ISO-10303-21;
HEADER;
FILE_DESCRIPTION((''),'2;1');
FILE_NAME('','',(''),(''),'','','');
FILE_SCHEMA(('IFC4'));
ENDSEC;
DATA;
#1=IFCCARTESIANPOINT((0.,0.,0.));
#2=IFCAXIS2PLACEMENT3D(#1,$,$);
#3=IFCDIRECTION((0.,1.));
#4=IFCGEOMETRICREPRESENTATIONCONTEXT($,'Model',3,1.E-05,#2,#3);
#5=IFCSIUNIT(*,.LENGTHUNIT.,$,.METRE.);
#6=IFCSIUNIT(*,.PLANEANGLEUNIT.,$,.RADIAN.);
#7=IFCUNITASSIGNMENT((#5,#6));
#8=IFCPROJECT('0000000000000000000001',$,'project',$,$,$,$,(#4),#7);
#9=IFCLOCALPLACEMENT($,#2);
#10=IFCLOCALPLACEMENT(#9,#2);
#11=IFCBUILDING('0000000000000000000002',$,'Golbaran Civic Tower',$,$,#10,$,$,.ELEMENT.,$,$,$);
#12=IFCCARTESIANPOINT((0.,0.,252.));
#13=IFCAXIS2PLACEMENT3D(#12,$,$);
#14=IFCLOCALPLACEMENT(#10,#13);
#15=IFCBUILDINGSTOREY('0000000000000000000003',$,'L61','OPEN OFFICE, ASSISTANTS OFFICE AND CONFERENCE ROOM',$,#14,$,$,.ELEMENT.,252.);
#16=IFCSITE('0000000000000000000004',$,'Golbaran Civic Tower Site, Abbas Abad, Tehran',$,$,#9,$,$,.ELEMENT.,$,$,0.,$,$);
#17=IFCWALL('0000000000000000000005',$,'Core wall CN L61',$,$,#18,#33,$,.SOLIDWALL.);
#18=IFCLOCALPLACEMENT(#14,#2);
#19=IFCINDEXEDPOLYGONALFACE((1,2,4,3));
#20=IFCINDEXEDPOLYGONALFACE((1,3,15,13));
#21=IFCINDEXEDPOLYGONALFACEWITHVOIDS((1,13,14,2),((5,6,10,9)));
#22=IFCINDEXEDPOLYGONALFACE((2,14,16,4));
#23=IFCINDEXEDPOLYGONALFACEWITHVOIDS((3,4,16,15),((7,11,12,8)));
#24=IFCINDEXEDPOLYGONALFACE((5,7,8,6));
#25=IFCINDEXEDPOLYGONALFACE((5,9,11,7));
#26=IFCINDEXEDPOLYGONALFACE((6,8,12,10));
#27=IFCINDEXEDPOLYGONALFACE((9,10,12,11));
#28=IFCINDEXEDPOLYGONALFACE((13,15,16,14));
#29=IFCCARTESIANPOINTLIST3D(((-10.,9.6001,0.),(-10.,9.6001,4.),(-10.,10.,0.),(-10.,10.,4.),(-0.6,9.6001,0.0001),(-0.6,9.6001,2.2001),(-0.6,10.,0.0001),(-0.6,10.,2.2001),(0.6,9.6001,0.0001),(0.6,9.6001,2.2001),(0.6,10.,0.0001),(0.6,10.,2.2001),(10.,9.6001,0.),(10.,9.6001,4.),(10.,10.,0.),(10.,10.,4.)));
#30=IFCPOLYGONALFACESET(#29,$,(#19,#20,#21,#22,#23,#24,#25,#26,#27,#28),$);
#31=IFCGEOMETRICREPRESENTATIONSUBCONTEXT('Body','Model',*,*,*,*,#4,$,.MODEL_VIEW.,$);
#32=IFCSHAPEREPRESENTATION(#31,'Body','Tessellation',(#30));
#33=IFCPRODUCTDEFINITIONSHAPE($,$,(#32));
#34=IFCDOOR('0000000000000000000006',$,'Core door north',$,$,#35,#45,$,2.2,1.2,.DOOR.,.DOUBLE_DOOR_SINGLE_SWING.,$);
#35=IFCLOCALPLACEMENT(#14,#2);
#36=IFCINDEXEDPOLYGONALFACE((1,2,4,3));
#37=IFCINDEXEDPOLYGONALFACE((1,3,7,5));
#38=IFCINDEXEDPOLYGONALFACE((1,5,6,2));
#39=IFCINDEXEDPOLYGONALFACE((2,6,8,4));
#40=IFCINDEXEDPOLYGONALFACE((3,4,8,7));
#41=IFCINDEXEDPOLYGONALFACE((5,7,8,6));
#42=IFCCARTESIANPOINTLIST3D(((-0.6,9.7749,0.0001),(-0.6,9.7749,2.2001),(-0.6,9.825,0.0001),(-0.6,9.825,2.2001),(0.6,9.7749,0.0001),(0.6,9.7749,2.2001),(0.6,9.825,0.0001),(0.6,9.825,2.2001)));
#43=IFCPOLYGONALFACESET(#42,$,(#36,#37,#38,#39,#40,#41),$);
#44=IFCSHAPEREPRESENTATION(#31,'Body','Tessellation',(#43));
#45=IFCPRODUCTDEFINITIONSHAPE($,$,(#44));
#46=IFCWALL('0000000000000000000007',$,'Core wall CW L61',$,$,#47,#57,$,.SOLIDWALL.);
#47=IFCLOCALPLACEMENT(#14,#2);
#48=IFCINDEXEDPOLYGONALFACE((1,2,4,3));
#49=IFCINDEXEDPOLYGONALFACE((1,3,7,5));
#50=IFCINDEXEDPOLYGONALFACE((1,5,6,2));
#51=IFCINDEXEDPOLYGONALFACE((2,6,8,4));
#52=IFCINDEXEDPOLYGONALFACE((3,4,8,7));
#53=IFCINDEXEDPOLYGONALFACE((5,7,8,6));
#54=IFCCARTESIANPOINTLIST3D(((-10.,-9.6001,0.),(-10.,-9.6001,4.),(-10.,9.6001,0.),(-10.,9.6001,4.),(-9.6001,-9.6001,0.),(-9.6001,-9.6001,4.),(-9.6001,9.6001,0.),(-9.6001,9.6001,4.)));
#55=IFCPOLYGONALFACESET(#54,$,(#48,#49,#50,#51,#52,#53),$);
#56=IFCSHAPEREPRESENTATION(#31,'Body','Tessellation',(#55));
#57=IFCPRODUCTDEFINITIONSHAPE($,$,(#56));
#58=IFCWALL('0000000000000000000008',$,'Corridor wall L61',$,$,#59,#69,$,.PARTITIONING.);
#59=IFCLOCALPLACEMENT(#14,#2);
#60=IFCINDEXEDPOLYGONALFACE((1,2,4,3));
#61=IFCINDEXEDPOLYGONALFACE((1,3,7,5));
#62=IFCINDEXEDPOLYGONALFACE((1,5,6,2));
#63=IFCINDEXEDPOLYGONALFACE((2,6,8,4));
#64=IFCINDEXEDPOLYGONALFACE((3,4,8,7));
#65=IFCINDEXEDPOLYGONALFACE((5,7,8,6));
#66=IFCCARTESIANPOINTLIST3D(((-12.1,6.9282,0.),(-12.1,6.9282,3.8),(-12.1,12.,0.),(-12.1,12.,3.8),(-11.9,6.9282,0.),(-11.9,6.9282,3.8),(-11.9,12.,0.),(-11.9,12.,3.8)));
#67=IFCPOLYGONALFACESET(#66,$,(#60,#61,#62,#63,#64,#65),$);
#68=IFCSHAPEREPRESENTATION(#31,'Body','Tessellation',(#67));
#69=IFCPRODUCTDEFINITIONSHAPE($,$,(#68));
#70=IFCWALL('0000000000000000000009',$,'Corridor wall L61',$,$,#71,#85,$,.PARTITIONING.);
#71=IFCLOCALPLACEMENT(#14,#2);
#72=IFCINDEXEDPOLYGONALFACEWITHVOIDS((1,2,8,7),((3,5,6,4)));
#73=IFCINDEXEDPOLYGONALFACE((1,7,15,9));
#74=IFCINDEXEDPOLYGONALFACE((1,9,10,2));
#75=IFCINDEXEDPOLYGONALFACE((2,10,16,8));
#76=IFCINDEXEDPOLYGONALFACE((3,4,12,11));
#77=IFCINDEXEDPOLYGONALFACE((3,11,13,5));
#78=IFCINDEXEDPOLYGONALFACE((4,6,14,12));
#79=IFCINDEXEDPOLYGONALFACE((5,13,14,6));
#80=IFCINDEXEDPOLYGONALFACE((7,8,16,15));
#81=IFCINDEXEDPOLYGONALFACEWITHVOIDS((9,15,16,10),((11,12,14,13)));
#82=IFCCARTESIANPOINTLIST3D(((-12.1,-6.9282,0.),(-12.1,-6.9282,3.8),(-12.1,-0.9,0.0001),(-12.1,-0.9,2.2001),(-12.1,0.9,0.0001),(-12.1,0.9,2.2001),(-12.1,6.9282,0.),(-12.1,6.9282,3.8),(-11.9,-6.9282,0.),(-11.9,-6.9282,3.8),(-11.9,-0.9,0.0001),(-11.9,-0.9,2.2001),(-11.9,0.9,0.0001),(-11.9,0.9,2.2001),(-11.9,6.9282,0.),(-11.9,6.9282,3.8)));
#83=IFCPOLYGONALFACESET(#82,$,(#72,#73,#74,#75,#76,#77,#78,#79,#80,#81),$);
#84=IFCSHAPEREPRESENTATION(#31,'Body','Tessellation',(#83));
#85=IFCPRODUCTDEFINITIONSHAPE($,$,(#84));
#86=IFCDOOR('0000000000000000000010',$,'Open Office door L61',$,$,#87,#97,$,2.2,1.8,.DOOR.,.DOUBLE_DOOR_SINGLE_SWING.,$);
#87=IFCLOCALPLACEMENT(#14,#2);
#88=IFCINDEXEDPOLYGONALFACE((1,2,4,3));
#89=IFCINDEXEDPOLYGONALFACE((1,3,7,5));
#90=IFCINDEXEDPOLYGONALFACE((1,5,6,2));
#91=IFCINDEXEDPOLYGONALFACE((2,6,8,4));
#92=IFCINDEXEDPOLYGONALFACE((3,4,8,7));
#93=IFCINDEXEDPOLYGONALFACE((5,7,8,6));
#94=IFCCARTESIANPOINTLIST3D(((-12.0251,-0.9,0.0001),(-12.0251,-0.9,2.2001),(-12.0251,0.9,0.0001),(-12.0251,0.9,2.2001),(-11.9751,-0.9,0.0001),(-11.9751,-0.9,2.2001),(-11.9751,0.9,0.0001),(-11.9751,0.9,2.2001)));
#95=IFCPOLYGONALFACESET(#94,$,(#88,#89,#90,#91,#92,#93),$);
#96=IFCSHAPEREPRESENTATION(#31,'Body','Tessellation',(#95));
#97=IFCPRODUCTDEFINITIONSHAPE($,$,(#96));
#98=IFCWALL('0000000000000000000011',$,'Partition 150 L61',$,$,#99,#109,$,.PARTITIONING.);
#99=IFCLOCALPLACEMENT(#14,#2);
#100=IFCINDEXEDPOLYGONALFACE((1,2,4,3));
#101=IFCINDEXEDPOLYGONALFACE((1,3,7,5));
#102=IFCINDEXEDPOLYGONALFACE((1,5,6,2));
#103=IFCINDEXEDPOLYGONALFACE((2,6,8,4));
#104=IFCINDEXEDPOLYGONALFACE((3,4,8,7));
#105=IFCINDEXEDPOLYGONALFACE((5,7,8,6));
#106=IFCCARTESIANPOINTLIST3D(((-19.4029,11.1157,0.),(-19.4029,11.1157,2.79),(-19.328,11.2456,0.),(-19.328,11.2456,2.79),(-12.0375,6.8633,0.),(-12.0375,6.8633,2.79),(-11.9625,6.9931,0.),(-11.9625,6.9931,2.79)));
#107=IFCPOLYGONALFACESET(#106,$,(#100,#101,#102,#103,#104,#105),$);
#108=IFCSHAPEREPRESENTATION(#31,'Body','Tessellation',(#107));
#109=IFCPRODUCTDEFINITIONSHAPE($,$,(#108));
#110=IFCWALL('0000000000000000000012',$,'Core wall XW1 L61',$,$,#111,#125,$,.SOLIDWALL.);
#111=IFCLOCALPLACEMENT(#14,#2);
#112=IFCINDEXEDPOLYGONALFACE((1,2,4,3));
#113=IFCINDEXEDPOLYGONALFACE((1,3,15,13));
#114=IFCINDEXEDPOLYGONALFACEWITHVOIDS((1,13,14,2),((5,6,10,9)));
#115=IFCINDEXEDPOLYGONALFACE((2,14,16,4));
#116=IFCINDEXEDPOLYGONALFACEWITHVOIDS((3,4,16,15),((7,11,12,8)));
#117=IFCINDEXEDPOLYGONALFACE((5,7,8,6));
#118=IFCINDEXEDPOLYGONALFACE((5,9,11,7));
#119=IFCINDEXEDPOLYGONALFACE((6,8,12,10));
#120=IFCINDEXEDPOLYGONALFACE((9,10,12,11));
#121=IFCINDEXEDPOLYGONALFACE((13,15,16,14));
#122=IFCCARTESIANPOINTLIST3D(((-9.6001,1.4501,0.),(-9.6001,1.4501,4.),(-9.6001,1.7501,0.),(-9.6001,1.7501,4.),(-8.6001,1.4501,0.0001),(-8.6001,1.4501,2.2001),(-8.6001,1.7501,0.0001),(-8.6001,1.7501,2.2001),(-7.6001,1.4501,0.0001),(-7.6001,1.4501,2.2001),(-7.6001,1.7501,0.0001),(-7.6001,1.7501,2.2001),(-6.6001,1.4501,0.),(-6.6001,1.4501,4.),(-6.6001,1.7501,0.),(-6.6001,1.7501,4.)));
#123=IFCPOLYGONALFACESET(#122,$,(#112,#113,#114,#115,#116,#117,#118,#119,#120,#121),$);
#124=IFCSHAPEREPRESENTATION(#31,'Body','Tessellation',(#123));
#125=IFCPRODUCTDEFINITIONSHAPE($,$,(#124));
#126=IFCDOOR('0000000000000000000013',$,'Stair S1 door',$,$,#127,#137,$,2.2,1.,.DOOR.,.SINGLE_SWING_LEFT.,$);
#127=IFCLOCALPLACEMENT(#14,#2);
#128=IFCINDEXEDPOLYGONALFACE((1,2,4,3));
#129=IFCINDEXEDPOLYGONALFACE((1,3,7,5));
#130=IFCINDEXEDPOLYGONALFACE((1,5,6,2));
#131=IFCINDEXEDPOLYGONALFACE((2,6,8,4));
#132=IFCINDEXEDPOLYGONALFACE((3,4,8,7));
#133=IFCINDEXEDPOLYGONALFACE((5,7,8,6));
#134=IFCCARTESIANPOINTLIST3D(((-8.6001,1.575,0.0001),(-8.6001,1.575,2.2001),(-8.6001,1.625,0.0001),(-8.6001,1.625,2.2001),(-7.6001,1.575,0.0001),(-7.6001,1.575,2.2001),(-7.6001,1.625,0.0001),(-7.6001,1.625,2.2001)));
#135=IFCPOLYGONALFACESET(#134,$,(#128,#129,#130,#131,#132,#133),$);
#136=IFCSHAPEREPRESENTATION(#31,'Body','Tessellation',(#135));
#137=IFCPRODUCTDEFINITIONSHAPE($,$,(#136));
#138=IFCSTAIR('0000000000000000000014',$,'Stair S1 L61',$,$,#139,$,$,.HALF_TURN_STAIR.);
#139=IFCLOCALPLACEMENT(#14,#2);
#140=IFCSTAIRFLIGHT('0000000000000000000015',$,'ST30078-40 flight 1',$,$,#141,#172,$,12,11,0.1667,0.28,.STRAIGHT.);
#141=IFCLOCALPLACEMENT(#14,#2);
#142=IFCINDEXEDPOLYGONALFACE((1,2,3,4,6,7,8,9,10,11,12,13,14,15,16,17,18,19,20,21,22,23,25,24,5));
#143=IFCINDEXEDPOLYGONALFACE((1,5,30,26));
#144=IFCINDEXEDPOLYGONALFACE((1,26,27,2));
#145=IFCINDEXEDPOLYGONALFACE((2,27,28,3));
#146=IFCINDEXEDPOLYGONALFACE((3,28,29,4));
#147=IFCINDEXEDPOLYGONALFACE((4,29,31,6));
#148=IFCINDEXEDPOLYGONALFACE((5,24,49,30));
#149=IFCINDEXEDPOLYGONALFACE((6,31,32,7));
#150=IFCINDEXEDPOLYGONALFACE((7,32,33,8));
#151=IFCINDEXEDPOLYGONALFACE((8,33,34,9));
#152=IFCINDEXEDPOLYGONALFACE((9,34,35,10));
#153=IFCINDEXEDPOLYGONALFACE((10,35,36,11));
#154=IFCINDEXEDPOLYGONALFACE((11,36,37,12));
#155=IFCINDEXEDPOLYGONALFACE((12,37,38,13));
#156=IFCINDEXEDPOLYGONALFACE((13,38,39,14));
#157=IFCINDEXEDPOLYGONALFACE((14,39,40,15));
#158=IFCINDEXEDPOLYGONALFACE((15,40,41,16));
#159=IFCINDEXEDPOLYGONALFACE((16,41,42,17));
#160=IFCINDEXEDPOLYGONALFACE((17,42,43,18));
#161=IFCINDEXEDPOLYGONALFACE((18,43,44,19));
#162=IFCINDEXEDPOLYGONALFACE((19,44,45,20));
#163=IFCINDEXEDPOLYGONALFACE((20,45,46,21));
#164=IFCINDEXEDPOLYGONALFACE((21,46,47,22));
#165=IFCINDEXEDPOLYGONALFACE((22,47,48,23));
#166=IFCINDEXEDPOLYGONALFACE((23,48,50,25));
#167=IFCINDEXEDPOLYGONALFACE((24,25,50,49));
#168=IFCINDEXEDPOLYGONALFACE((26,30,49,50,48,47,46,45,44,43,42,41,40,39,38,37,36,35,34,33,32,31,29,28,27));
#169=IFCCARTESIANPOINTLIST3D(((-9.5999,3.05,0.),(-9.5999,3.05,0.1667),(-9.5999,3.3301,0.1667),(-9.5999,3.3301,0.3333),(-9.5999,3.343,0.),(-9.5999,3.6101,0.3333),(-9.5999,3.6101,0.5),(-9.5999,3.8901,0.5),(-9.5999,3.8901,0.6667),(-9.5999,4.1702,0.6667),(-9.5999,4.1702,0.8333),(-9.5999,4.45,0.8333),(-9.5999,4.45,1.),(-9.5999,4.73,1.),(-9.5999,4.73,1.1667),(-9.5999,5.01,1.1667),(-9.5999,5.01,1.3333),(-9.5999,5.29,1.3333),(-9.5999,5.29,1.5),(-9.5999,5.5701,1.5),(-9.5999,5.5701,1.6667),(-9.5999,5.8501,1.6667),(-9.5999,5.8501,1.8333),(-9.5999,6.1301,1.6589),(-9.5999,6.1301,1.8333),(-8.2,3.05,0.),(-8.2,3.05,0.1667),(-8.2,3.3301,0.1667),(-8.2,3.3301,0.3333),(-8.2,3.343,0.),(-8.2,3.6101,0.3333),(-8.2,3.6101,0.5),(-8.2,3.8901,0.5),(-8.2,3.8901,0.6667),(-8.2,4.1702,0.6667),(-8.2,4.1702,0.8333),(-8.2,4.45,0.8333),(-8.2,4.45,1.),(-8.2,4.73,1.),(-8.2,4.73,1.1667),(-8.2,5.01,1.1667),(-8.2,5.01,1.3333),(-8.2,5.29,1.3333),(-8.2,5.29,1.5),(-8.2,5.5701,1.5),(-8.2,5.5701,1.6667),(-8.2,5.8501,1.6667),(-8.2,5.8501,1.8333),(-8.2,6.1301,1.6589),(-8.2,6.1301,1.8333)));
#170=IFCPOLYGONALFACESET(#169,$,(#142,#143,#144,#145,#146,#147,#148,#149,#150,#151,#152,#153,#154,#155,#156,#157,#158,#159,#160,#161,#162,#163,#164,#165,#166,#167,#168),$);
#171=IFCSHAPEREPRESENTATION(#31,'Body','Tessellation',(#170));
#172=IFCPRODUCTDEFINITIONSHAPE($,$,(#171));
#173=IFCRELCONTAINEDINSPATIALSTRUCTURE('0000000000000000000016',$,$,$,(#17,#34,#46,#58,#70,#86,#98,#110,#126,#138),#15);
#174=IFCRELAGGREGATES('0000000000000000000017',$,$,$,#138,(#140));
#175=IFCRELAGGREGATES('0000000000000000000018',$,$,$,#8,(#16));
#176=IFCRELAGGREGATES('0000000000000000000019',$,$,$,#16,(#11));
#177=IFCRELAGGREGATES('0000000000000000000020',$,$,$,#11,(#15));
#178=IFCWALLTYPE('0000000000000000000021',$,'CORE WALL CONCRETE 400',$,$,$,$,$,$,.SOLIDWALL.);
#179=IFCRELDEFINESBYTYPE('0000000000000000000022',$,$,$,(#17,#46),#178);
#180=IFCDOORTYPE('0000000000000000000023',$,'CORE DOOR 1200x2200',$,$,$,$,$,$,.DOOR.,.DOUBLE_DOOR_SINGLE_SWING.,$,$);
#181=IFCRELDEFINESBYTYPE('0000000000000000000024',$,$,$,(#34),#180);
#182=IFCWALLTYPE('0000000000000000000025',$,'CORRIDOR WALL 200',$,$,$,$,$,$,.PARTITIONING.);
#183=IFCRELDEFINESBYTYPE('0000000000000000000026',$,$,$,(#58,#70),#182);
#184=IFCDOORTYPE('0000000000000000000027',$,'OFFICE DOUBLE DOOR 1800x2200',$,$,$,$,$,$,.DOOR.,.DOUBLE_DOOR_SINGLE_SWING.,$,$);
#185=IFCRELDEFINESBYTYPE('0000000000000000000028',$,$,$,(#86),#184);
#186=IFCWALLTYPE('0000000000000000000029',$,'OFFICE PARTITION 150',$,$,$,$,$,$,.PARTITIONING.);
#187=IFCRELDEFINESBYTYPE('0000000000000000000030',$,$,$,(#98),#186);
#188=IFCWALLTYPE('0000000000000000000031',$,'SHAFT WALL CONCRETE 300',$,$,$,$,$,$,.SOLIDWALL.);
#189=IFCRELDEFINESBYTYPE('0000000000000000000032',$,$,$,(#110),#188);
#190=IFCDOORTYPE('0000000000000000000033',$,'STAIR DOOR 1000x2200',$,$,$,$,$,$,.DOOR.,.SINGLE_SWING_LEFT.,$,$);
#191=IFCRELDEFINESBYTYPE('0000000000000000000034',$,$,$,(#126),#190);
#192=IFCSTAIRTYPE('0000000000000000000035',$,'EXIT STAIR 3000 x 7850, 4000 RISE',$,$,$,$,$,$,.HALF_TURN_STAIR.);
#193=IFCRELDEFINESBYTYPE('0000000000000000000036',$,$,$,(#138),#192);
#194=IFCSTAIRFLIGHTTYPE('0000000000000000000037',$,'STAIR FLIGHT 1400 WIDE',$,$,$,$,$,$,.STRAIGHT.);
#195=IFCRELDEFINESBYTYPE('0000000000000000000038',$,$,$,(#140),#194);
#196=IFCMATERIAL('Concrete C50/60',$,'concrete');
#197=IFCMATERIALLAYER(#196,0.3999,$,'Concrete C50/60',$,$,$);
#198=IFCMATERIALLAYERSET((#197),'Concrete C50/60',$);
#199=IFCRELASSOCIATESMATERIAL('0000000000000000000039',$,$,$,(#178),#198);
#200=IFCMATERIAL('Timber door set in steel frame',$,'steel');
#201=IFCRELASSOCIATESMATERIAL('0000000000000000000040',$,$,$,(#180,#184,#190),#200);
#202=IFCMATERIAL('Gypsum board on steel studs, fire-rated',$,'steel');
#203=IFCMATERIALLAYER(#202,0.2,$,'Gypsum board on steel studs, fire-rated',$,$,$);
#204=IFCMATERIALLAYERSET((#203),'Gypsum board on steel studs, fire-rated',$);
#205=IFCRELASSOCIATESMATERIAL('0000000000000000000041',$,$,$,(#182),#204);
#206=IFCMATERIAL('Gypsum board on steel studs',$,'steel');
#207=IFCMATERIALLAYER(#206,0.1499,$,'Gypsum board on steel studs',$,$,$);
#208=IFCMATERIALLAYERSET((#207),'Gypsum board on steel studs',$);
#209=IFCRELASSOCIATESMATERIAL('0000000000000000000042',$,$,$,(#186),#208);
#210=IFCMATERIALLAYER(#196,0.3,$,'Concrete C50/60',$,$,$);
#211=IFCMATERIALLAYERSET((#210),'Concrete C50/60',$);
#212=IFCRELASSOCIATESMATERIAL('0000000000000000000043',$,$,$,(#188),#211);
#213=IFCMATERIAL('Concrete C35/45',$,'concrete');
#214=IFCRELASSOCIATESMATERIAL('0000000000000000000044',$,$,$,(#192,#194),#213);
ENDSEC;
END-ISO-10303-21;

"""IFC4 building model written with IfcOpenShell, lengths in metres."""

from ifc_helpers import new_model, si_unit, direction, frame, frame_2d, origin, place, context, subcontext, project, spatial, polyline, rectangle, outline, extrude, material, layer, layer_set, type_object, element, fill, aggregate, save


model = new_model("IFC4")

# Units and contexts
model_context = context("Model", 3, precision=1e-05, world=origin(), true_north=direction((0.0, 1.0)))
body_context = subcontext(model_context, "Body", "Model", "MODEL_VIEW")
ifc_project = project(units=[si_unit("LENGTHUNIT", "METRE"), si_unit("PLANEANGLEUNIT", "RADIAN")], contexts=[model_context])

# Site, building, storey
site_placement = place(None, origin())
site = spatial("IfcSite", under=ifc_project, at=site_placement, Name="Golbaran Civic Tower Site, Abbas Abad, Tehran", CompositionType="ELEMENT", RefElevation=0.0)
building_placement = place(site_placement, origin())
building = spatial("IfcBuilding", under=site, at=building_placement, Name="Golbaran Civic Tower", CompositionType="ELEMENT")
storey_placement = place(building_placement, frame((0.0, 0.0, 252.0)))
storey = spatial("IfcBuildingStorey", under=building, at=storey_placement, Name="L61", Description="OPEN OFFICE, ASSISTANTS OFFICE AND CONFERENCE ROOM", CompositionType="ELEMENT", Elevation=252.0)

# Wall, opening, door
ifc_material_1 = material(Name="Concrete C50/60", Category="concrete")
ifc_layer_1 = layer(ifc_material_1, 0.3999, Name="Concrete C50/60")
ifc_layer_set_1 = layer_set([ifc_layer_1], Name="Concrete C50/60")
wall_type_1 = type_object("IfcWallType", Name="CORE WALL CONCRETE 400", PredefinedType="SOLIDWALL", material=ifc_layer_set_1)
wall_1_placement = place(storey_placement, frame((-10.0, 9.8, 0.0), z_axis=(0.0, 0.0, 1.0), x_axis=(1.0, 0.0, 0.0)))
wall_1 = element("IfcWall", 1, at=wall_1_placement, inside=storey, type_object=wall_type_1, Name="Core wall CN L61", PredefinedType="SOLIDWALL", context=body_context, shape_type="SweptSolid", body=[
    extrude(rectangle(XDim=20.0, YDim=0.3999, at=frame_2d((10.0, 0.0))), origin(), (0.0, 0.0, 1.0), 4.0),
])
opening_1_placement = place(wall_1_placement, frame((9.3999, 0.0, 0.0)))
opening_1 = element("IfcOpeningElement", 2, at=opening_1_placement, cuts=wall_1, PredefinedType="OPENING", context=body_context, shape_type="SweptSolid", body=[
    extrude(rectangle(XDim=1.2, YDim=2.2, at=frame_2d((0.6001, 1.1001))), frame((0.0, 0.21, 0.0), z_axis=(0.0, -1.0, 0.0), x_axis=(1.0, 0.0, 0.0)), (0.0, 0.0, 1.0), 0.4199),
])
ifc_material_2 = material(Name="Timber door set in steel frame", Category="steel")
door_type_1 = type_object("IfcDoorType", Name="CORE DOOR 1200x2200", OperationType="DOUBLE_DOOR_SINGLE_SWING", PredefinedType="DOOR", material=ifc_material_2)
door_1_placement = place(opening_1_placement, origin())
door_1 = element("IfcDoor", 3, at=door_1_placement, inside=storey, type_object=door_type_1, Name="Core door north", OperationType="DOUBLE_DOOR_SINGLE_SWING", OverallHeight=2.2, OverallWidth=1.2, PredefinedType="DOOR", context=body_context, shape_type="SweptSolid", body=[
    extrude(rectangle(XDim=1.2, YDim=2.2, at=frame_2d((0.6001, 1.1001))), frame((0.0, 0.0249, 0.0), z_axis=(0.0, -1.0, 0.0), x_axis=(1.0, 0.0, 0.0)), (0.0, 0.0, 1.0), 0.05),
])
fill(opening_1, door_1)

# Walls
wall_2_placement = place(storey_placement, frame((-9.8, 9.6001, 0.0), z_axis=(0.0, 0.0, 1.0), x_axis=(0.0, -1.0, 0.0)))
element("IfcWall", 4, at=wall_2_placement, inside=storey, type_object=wall_type_1, Name="Core wall CW L61", PredefinedType="SOLIDWALL", context=body_context, shape_type="SweptSolid", body=[
    extrude(rectangle(XDim=19.2002, YDim=0.3999, at=frame_2d((9.6001, 0.0))), origin(), (0.0, 0.0, 1.0), 4.0),
])
ifc_material_3 = material(Name="Gypsum board on steel studs, fire-rated", Category="steel")
ifc_layer_2 = layer(ifc_material_3, 0.2, Name="Gypsum board on steel studs, fire-rated")
ifc_layer_set_2 = layer_set([ifc_layer_2], Name="Gypsum board on steel studs, fire-rated")
wall_type_2 = type_object("IfcWallType", Name="CORRIDOR WALL 200", PredefinedType="PARTITIONING", material=ifc_layer_set_2)
wall_3_placement = place(storey_placement, frame((-12.0, 12.0, 0.0), z_axis=(0.0, 0.0, 1.0), x_axis=(0.0, -1.0, 0.0)))
element("IfcWall", 5, at=wall_3_placement, inside=storey, type_object=wall_type_2, Name="Corridor wall L61", PredefinedType="PARTITIONING", context=body_context, shape_type="SweptSolid", body=[
    extrude(rectangle(XDim=5.0718, YDim=0.2, at=frame_2d((2.5359, 0.0))), origin(), (0.0, 0.0, 1.0), 3.8),
])

# Wall, opening, door
wall_4_placement = place(storey_placement, frame((-12.0, 6.9282, 0.0), z_axis=(0.0, 0.0, 1.0), x_axis=(0.0, -1.0, 0.0)))
wall_4 = element("IfcWall", 6, at=wall_4_placement, inside=storey, type_object=wall_type_2, Name="Corridor wall L61", PredefinedType="PARTITIONING", context=body_context, shape_type="SweptSolid", body=[
    extrude(rectangle(XDim=13.8564, YDim=0.2, at=frame_2d((6.9282, 0.0))), origin(), (0.0, 0.0, 1.0), 3.8),
])
opening_2_placement = place(wall_4_placement, frame((6.0283, 0.0, 0.0)))
opening_2 = element("IfcOpeningElement", 7, at=opening_2_placement, cuts=wall_4, PredefinedType="OPENING", context=body_context, shape_type="SweptSolid", body=[
    extrude(rectangle(XDim=1.8, YDim=2.2, at=frame_2d((0.8999, 1.1001))), frame((0.0, 0.1099, 0.0), z_axis=(0.0, -1.0, 0.0), x_axis=(1.0, 0.0, 0.0)), (0.0, 0.0, 1.0), 0.22),
])
door_type_2 = type_object("IfcDoorType", Name="OFFICE DOUBLE DOOR 1800x2200", OperationType="DOUBLE_DOOR_SINGLE_SWING", PredefinedType="DOOR", material=ifc_material_2)
door_2_placement = place(opening_2_placement, origin())
door_2 = element("IfcDoor", 8, at=door_2_placement, inside=storey, type_object=door_type_2, Name="Open Office door L61", OperationType="DOUBLE_DOOR_SINGLE_SWING", OverallHeight=2.2, OverallWidth=1.8, PredefinedType="DOOR", context=body_context, shape_type="SweptSolid", body=[
    extrude(rectangle(XDim=1.8, YDim=2.2, at=frame_2d((0.8999, 1.1001))), frame((0.0, 0.0249, 0.0), z_axis=(0.0, -1.0, 0.0), x_axis=(1.0, 0.0, 0.0)), (0.0, 0.0, 1.0), 0.05),
])
fill(opening_2, door_2)

# Wall
ifc_material_4 = material(Name="Gypsum board on steel studs", Category="steel")
ifc_layer_3 = layer(ifc_material_4, 0.1499, Name="Gypsum board on steel studs")
ifc_layer_set_3 = layer_set([ifc_layer_3], Name="Gypsum board on steel studs")
wall_type_3 = type_object("IfcWallType", Name="OFFICE PARTITION 150", PredefinedType="PARTITIONING", material=ifc_layer_set_3)
wall_5_placement = place(storey_placement, frame((-12.0, 6.9282, 0.0), z_axis=(0.0, 0.0, 1.0), x_axis=(-0.866026, 0.499998, 0.0)))
element("IfcWall", 9, at=wall_5_placement, inside=storey, type_object=wall_type_3, Name="Partition 150 L61", PredefinedType="PARTITIONING", context=body_context, shape_type="SweptSolid", body=[
    extrude(rectangle(XDim=8.5049, YDim=0.1499, at=frame_2d((4.2524, 0.0))), origin(), (0.0, 0.0, 1.0), 2.79),
])

# Wall, opening, door
ifc_layer_4 = layer(ifc_material_1, 0.3, Name="Concrete C50/60")
ifc_layer_set_4 = layer_set([ifc_layer_4], Name="Concrete C50/60")
wall_type_4 = type_object("IfcWallType", Name="SHAFT WALL CONCRETE 300", PredefinedType="SOLIDWALL", material=ifc_layer_set_4)
wall_6_placement = place(storey_placement, frame((-9.6001, 1.6001, 0.0), z_axis=(0.0, 0.0, 1.0), x_axis=(1.0, 0.0, 0.0)))
wall_6 = element("IfcWall", 10, at=wall_6_placement, inside=storey, type_object=wall_type_4, Name="Core wall XW1 L61", PredefinedType="SOLIDWALL", context=body_context, shape_type="SweptSolid", body=[
    extrude(rectangle(XDim=3.0, YDim=0.3, at=frame_2d((1.5, 0.0))), origin(), (0.0, 0.0, 1.0), 4.0),
])
opening_3_placement = place(wall_6_placement, frame((1.0, 0.0, 0.0)))
opening_3 = element("IfcOpeningElement", 11, at=opening_3_placement, cuts=wall_6, PredefinedType="OPENING", context=body_context, shape_type="SweptSolid", body=[
    extrude(rectangle(XDim=1.0, YDim=2.2, at=frame_2d((0.5, 1.1001))), frame((0.0, 0.1599, 0.0), z_axis=(0.0, -1.0, 0.0), x_axis=(1.0, 0.0, 0.0)), (0.0, 0.0, 1.0), 0.3201),
])
door_type_3 = type_object("IfcDoorType", Name="STAIR DOOR 1000x2200", OperationType="SINGLE_SWING_LEFT", PredefinedType="DOOR", material=ifc_material_2)
door_3_placement = place(opening_3_placement, origin())
door_3 = element("IfcDoor", 12, at=door_3_placement, inside=storey, type_object=door_type_3, Name="Stair S1 door", OperationType="SINGLE_SWING_LEFT", OverallHeight=2.2, OverallWidth=1.0, PredefinedType="DOOR", context=body_context, shape_type="SweptSolid", body=[
    extrude(rectangle(XDim=1.0, YDim=2.2, at=frame_2d((0.5, 1.1001))), frame((0.0, 0.0249, 0.0), z_axis=(0.0, -1.0, 0.0), x_axis=(1.0, 0.0, 0.0)), (0.0, 0.0, 1.0), 0.05),
])
fill(opening_3, door_3)

# Stair, stair flight
ifc_material_5 = material(Name="Concrete C35/45", Category="concrete")
stair_type = type_object("IfcStairType", Name="EXIT STAIR 3000 x 7850, 4000 RISE", PredefinedType="HALF_TURN_STAIR", material=ifc_material_5)
stair_placement = place(storey_placement, origin())
stair = element("IfcStair", 13, at=stair_placement, inside=storey, type_object=stair_type, Name="Stair S1 L61", PredefinedType="HALF_TURN_STAIR")
stair_flight_type = type_object("IfcStairFlightType", Name="STAIR FLIGHT 1400 WIDE", PredefinedType="STRAIGHT", material=ifc_material_5)
stair_flight_placement = place(storey_placement, frame((-8.8999, 3.05, 0.0), z_axis=(0.0, 0.0, 1.0), x_axis=(0.0, 1.0, 0.0)))
stair_flight = element("IfcStairFlight", 14, at=stair_flight_placement, type_object=stair_flight_type, Name="ST30078-40 flight 1", NumberOfRisers=12, NumberOfTreads=11, PredefinedType="STRAIGHT", RiserHeight=0.1667, TreadLength=0.28, context=body_context, shape_type="SweptSolid", body=[
    extrude(outline(polyline([(0.0, 0.0), (0.0, 0.1667), (0.28, 0.1667), (0.28, 0.3333), (0.5601, 0.3333), (0.5601, 0.5), (0.8401, 0.5), (0.8401, 0.6667), (1.1201, 0.6667), (1.1201, 0.8333), (1.3999, 0.8333), (1.3999, 1.0), (1.6799, 1.0), (1.6799, 1.1667), (1.96, 1.1667), (1.96, 1.3333), (2.24, 1.3333), (2.24, 1.5), (2.52, 1.5), (2.52, 1.6667), (2.8, 1.6667), (2.8, 1.8333), (3.0801, 1.8333), (3.0801, 2.0), (3.0801, 1.6589), (0.293, 0.0), (0.0, 0.0)])), frame((0.0, 0.7, 0.0), z_axis=(0.0, -1.0, 0.0), x_axis=(1.0, 0.0, 0.0)), (0.0, 0.0, 1.0), 1.3999),
])
aggregate(stair, [stair_flight])

save(model, "model.ifc")
